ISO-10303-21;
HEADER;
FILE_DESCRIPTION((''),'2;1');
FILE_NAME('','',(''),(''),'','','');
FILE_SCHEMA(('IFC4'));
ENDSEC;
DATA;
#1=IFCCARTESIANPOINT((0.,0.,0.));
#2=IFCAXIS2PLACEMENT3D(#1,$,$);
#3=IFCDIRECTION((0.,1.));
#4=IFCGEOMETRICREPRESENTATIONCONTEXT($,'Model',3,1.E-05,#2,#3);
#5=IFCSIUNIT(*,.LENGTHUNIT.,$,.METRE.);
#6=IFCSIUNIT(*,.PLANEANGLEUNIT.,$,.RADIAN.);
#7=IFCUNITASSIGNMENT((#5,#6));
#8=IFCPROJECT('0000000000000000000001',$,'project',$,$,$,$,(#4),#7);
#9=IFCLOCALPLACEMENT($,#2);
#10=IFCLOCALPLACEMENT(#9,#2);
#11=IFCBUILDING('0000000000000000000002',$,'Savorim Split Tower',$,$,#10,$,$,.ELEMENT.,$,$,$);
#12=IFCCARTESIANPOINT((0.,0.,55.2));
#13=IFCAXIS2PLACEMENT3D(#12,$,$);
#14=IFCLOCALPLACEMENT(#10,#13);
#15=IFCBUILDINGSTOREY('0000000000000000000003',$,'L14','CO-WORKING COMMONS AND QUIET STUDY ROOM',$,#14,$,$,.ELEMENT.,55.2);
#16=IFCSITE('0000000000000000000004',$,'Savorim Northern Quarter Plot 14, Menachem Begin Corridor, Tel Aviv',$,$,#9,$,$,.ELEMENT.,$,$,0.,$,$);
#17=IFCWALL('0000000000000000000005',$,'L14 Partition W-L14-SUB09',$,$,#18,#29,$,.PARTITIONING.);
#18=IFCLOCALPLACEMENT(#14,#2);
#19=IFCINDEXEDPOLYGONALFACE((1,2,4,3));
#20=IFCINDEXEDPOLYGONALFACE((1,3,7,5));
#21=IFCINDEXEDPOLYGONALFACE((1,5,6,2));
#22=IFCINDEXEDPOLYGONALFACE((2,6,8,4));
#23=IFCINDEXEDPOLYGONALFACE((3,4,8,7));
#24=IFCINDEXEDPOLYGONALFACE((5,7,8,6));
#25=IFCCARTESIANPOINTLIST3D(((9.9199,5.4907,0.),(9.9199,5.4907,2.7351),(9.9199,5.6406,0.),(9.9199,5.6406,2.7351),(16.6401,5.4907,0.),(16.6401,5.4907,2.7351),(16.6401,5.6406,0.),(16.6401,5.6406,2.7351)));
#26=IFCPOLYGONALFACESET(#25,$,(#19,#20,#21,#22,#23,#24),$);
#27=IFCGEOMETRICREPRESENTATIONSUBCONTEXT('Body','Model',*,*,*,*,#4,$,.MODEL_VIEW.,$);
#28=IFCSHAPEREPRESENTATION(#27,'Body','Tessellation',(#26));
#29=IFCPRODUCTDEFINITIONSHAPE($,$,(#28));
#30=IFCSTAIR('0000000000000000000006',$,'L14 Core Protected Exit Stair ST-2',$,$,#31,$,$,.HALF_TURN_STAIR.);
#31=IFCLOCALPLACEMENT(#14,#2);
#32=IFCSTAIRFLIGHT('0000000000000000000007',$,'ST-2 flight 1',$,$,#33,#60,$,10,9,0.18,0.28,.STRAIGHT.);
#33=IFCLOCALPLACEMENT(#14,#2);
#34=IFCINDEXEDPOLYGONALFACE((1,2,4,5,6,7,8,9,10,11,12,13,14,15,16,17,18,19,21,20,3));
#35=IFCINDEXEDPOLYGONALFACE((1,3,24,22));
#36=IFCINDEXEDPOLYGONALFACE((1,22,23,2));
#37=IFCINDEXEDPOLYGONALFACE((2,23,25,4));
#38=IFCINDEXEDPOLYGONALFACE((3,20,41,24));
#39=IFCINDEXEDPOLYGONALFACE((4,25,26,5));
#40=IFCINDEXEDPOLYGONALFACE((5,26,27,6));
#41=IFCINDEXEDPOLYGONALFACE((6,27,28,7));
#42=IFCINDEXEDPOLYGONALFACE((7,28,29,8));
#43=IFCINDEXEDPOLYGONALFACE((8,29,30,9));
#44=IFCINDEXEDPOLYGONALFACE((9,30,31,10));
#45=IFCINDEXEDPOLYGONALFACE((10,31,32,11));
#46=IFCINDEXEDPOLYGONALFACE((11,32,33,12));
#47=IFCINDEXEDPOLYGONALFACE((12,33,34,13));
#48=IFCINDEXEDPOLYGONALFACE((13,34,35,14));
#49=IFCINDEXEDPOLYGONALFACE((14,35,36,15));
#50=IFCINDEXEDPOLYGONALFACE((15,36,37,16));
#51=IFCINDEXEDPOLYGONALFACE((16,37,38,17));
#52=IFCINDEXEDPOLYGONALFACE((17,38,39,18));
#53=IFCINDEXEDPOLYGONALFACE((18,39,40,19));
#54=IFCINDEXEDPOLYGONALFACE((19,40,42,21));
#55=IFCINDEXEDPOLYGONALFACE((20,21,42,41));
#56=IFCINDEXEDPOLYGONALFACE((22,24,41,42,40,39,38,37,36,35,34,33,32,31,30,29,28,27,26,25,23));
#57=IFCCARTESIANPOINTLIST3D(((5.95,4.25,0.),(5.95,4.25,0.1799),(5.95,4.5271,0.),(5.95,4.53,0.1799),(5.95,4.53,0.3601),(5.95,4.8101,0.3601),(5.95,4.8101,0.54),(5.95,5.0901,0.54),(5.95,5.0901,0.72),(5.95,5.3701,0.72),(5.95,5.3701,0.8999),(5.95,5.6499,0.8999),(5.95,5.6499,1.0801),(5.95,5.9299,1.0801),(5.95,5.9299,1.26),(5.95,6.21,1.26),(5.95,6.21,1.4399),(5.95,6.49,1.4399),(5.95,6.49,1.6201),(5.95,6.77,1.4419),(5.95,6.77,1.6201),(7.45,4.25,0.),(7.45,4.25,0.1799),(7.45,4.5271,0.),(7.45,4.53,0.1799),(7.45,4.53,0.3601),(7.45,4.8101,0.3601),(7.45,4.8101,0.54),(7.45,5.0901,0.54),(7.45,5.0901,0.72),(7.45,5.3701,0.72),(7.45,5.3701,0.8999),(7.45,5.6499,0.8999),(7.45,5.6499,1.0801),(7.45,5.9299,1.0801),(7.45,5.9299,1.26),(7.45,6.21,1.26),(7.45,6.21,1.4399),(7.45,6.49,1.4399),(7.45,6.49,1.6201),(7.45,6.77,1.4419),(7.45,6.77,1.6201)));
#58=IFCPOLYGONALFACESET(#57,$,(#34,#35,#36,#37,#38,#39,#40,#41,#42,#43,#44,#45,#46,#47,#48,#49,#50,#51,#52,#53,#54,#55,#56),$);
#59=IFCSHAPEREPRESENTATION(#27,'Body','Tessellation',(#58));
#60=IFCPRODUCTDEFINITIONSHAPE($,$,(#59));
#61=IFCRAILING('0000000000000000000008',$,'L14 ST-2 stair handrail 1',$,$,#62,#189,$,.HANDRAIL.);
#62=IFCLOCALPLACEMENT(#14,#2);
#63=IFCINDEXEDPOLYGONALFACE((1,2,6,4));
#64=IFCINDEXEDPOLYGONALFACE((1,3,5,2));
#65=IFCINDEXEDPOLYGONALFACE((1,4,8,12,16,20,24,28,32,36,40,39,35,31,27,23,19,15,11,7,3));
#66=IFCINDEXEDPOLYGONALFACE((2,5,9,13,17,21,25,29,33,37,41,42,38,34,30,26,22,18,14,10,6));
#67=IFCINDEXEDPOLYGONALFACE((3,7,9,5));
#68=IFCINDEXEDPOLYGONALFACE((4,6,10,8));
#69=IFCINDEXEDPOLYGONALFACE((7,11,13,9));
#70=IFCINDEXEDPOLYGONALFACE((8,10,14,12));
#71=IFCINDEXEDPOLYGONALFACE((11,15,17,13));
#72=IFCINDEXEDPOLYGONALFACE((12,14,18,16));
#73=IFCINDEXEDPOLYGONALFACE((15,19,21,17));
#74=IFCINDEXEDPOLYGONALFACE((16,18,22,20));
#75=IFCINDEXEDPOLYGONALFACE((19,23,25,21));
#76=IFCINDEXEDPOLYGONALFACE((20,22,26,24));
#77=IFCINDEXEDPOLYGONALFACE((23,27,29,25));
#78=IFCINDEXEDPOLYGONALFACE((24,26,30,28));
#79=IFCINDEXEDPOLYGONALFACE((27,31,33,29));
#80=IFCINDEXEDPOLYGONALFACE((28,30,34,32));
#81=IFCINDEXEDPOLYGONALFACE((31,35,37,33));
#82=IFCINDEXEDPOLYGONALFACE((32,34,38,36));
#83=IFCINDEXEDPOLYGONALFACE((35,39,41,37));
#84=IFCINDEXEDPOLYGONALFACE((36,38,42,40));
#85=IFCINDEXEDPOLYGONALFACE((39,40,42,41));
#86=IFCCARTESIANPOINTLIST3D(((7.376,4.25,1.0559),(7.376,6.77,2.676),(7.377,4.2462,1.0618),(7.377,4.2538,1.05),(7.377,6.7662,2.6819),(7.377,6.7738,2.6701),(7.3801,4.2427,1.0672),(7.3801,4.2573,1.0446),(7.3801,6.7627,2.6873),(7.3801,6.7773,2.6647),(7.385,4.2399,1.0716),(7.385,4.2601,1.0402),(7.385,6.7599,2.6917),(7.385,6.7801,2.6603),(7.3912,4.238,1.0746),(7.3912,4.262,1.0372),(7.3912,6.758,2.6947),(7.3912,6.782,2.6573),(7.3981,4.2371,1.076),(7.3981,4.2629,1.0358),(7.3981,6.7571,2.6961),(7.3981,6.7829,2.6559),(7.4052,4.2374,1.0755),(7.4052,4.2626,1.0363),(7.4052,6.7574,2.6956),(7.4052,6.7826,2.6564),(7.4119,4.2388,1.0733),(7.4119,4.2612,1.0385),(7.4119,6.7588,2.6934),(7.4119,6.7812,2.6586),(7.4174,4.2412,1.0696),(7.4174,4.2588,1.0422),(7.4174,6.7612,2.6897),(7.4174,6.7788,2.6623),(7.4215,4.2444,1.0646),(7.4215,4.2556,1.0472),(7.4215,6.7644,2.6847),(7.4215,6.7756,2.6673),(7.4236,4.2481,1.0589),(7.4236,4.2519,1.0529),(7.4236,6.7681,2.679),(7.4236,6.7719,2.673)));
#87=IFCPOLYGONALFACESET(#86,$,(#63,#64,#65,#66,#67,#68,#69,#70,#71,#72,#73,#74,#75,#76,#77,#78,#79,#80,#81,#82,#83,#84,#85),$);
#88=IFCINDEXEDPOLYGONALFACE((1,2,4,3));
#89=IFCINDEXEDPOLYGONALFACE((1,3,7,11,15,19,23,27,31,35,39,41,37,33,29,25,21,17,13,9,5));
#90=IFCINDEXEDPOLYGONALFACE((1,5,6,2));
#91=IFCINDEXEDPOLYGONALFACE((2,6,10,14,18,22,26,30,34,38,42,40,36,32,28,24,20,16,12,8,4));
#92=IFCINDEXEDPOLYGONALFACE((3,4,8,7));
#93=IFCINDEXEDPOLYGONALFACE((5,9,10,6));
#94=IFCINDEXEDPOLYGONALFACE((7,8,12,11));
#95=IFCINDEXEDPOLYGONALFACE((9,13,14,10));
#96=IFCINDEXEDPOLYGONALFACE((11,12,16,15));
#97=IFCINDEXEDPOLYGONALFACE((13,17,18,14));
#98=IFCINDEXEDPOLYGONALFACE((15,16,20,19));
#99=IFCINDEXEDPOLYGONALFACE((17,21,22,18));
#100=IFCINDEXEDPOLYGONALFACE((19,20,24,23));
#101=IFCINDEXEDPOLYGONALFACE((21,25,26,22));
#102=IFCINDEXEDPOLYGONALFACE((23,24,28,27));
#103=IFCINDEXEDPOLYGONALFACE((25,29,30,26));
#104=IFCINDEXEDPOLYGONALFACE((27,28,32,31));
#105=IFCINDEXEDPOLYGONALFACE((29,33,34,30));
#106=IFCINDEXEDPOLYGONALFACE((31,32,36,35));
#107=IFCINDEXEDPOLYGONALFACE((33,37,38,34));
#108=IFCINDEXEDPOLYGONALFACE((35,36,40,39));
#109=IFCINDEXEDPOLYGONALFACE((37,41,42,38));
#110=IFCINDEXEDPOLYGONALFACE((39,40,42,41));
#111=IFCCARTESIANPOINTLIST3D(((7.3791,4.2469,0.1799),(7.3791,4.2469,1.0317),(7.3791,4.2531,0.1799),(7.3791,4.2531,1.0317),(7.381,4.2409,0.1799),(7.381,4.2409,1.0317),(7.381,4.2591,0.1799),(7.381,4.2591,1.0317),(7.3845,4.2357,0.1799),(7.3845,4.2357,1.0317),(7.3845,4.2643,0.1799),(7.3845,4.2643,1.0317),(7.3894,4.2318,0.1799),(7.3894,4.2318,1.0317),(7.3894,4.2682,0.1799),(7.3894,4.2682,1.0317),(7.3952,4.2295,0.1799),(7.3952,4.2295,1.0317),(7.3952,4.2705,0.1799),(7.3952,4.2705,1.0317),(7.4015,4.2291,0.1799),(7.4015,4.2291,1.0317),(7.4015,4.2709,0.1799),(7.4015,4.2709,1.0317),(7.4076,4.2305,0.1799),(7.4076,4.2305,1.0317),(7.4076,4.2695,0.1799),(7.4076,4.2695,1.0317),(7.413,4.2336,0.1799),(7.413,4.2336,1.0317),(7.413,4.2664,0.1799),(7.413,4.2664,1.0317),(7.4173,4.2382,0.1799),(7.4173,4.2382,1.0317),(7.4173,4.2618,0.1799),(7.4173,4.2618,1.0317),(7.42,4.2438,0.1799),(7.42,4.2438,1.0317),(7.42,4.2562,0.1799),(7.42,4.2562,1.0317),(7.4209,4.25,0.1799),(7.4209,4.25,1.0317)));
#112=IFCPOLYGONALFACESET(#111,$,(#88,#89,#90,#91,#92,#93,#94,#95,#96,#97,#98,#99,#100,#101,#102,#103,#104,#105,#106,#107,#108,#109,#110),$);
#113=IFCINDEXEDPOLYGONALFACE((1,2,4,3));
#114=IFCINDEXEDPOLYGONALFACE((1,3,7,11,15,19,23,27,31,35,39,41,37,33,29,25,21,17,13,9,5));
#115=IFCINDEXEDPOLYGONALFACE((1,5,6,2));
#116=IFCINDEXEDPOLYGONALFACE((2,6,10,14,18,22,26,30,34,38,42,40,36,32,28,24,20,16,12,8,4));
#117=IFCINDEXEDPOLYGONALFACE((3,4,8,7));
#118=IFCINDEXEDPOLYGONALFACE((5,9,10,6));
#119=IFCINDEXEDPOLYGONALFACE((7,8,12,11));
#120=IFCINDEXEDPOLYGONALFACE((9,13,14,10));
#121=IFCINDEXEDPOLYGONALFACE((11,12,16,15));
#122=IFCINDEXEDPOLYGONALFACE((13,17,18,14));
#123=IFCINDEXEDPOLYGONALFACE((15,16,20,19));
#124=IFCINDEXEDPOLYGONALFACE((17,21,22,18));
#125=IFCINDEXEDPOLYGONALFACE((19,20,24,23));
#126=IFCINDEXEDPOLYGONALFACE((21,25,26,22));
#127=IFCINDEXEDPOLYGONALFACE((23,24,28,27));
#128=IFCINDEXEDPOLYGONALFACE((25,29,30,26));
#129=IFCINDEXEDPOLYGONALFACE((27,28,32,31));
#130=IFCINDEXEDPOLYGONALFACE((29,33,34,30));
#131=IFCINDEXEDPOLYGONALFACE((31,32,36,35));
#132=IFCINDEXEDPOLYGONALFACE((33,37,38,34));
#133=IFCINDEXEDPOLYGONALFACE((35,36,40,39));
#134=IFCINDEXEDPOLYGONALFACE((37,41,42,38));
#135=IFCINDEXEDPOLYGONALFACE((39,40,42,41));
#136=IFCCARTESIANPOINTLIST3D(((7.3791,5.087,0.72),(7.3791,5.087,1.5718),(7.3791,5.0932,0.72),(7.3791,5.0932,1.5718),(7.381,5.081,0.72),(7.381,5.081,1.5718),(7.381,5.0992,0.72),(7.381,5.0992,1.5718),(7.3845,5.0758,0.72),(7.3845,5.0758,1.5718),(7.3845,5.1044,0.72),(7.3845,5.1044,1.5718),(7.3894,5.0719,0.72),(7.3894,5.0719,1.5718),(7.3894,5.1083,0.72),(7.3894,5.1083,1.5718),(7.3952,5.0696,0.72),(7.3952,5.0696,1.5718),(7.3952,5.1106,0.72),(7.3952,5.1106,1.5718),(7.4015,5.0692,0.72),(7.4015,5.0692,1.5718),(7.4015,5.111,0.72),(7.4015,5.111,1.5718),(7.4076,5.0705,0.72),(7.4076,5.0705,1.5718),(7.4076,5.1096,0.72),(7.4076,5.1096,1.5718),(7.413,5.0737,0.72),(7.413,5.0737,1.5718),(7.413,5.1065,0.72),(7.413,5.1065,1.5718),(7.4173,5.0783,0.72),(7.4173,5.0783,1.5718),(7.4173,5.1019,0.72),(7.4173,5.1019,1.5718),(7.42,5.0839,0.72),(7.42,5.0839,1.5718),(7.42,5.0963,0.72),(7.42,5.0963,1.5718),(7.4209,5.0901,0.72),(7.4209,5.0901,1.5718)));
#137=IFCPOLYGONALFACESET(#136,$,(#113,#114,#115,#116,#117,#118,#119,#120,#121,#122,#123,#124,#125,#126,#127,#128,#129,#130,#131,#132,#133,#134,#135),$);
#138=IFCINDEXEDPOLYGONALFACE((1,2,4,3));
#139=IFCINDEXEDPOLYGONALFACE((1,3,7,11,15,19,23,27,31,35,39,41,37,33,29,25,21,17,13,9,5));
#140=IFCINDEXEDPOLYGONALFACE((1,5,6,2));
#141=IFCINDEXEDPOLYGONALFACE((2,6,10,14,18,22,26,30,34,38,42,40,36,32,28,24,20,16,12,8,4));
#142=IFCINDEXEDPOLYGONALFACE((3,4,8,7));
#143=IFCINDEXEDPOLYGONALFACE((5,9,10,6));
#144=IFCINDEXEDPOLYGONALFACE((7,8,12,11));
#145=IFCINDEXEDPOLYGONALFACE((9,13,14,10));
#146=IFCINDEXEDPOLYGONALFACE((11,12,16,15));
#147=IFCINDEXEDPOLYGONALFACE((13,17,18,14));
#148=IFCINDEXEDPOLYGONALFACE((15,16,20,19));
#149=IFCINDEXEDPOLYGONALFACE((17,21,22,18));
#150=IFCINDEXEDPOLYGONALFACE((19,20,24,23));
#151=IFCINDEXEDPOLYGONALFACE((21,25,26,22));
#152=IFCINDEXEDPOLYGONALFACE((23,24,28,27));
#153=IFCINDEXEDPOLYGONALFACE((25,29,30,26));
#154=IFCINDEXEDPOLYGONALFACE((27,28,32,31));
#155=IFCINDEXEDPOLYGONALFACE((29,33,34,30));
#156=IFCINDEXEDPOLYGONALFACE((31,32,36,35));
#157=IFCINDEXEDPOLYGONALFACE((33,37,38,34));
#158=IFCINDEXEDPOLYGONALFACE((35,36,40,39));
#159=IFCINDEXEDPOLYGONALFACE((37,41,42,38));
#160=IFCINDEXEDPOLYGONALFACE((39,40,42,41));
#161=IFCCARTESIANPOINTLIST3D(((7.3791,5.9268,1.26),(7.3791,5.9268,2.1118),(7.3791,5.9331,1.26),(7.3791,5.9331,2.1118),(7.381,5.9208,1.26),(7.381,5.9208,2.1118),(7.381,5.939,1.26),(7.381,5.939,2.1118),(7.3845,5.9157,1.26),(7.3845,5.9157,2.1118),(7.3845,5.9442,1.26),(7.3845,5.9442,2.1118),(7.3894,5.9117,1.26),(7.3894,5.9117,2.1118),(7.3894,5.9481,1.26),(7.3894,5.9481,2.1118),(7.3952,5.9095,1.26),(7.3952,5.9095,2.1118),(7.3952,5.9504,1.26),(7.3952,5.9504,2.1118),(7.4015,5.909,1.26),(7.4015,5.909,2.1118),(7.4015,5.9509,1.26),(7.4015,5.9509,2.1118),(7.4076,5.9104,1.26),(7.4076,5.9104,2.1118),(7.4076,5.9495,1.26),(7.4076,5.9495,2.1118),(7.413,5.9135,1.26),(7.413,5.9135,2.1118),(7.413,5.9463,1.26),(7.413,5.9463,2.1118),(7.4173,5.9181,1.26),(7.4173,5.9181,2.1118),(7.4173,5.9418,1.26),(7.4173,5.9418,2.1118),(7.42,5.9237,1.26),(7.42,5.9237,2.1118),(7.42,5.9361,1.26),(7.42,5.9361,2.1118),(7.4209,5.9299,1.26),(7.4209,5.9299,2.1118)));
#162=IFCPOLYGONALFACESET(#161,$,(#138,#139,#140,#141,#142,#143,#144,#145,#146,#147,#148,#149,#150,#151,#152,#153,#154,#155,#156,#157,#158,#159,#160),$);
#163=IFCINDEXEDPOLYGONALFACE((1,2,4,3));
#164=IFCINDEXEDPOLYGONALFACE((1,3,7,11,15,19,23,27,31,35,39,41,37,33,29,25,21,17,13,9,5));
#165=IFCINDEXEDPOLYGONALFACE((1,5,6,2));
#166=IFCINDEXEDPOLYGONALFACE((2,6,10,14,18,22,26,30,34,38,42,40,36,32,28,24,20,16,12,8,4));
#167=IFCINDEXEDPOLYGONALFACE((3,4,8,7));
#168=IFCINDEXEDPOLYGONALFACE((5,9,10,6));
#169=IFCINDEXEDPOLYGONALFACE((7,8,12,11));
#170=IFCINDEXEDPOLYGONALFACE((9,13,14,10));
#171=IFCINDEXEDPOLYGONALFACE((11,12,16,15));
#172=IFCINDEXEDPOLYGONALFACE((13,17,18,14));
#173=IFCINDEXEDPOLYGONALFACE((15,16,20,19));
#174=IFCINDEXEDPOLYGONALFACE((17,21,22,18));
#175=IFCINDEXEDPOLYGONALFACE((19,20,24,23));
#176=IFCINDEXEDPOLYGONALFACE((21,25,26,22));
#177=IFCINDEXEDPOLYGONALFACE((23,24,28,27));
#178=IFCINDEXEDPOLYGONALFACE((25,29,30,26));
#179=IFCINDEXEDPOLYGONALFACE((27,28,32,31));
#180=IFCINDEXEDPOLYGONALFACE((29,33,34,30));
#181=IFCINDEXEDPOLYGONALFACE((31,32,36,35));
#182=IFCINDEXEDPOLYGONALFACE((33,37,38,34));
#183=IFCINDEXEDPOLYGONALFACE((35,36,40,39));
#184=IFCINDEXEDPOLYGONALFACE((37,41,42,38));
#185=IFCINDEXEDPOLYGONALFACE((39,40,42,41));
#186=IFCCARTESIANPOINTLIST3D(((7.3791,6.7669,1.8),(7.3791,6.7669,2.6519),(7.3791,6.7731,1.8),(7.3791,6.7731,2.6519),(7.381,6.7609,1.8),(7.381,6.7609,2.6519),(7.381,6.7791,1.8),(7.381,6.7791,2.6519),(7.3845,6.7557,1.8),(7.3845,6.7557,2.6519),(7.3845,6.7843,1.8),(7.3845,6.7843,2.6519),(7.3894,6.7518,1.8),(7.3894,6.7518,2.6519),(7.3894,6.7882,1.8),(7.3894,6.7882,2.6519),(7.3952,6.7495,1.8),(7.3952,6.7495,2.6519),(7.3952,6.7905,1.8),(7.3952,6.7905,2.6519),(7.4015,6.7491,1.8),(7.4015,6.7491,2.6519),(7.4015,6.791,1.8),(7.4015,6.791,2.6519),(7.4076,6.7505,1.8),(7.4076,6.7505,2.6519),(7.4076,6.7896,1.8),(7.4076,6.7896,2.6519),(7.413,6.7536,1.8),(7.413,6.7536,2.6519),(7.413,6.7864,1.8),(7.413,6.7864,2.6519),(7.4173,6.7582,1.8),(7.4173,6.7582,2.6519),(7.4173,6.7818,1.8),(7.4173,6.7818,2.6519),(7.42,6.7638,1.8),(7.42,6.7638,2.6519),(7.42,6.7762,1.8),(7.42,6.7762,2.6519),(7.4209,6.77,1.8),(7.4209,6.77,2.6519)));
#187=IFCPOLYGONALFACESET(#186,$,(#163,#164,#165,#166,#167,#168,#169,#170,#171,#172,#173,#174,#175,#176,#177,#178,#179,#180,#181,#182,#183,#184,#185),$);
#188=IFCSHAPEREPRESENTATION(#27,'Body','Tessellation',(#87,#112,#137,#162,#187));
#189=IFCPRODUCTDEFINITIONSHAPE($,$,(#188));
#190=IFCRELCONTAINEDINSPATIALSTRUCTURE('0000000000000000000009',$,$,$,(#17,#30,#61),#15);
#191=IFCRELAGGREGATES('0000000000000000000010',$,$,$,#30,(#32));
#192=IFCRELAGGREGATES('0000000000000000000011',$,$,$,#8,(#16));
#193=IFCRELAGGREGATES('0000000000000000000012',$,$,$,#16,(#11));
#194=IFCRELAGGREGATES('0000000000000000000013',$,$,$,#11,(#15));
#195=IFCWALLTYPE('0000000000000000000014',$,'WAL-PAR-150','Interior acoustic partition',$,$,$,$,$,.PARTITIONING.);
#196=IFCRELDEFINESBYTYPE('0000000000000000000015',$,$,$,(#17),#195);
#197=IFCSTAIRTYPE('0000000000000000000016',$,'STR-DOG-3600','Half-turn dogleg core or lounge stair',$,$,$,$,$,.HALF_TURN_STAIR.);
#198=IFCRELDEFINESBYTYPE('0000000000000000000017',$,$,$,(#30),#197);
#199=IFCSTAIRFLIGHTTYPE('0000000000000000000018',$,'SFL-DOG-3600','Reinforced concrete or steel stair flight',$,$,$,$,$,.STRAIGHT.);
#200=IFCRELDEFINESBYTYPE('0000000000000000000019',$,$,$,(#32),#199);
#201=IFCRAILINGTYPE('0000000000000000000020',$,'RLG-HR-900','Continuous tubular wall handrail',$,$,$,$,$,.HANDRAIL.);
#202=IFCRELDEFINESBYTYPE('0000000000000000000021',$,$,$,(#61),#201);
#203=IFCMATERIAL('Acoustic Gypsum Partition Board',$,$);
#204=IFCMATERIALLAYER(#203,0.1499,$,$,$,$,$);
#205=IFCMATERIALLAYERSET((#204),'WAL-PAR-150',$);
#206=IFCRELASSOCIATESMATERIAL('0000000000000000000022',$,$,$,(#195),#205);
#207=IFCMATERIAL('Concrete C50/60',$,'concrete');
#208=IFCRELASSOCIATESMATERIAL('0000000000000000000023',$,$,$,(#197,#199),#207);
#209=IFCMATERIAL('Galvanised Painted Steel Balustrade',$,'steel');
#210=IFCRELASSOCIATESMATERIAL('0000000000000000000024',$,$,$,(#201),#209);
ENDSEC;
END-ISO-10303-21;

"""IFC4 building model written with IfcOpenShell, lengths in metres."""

from ifc_helpers import new_model, si_unit, direction, frame, frame_2d, origin, origin_2d, place, context, subcontext, project, spatial, polyline, rectangle, circle, outline, extrude, material, layer, layer_set, type_object, element, aggregate, save


model = new_model("IFC4")

# Units and contexts
model_context = context("Model", 3, precision=1e-05, world=origin(), true_north=direction((0.0, 1.0)))
body_context = subcontext(model_context, "Body", "Model", "MODEL_VIEW")
ifc_project = project(units=[si_unit("LENGTHUNIT", "METRE"), si_unit("PLANEANGLEUNIT", "RADIAN")], contexts=[model_context])

# Site, building, storey
site_placement = place(None, origin())
site = spatial("IfcSite", under=ifc_project, at=site_placement, Name="Savorim Northern Quarter Plot 14, Menachem Begin Corridor, Tel Aviv", CompositionType="ELEMENT", RefElevation=0.0)
building_placement = place(site_placement, origin())
building = spatial("IfcBuilding", under=site, at=building_placement, Name="Savorim Split Tower", CompositionType="ELEMENT")
storey_placement = place(building_placement, frame((0.0, 0.0, 55.2)))
storey = spatial("IfcBuildingStorey", under=building, at=storey_placement, Name="L14", Description="CO-WORKING COMMONS AND QUIET STUDY ROOM", CompositionType="ELEMENT", Elevation=55.2)

# Shared definitions
ifc_material_1 = material(Name="Concrete C50/60", Category="concrete")

# Wall
ifc_material_2 = material(Name="Acoustic Gypsum Partition Board")
ifc_layer_1 = layer(ifc_material_2, 0.1499)
ifc_layer_set_1 = layer_set([ifc_layer_1], Name="WAL-PAR-150")
wall_type_1 = type_object("IfcWallType", Name="WAL-PAR-150", Description="Interior acoustic partition", PredefinedType="PARTITIONING", material=ifc_layer_set_1)
wall_1_placement = place(storey_placement, frame((9.9199, 5.5657, 0.0), z_axis=(0.0, 0.0, 1.0), x_axis=(1.0, 0.0, 0.0)))
element("IfcWall", 1, at=wall_1_placement, inside=storey, type_object=wall_type_1, Name="L14 Partition W-L14-SUB09", PredefinedType="PARTITIONING", context=body_context, shape_type="SweptSolid", body=[
    extrude(rectangle(XDim=6.7202, YDim=0.1499, at=frame_2d((3.3601, 0.0))), origin(), (0.0, 0.0, 1.0), 2.7351),
])

# Stair, stair flight
stair_type = type_object("IfcStairType", Name="STR-DOG-3600", Description="Half-turn dogleg core or lounge stair", PredefinedType="HALF_TURN_STAIR", material=ifc_material_1)
stair_placement = place(storey_placement, origin())
stair = element("IfcStair", 2, at=stair_placement, inside=storey, type_object=stair_type, Name="L14 Core Protected Exit Stair ST-2", PredefinedType="HALF_TURN_STAIR")
stair_flight_type = type_object("IfcStairFlightType", Name="SFL-DOG-3600", Description="Reinforced concrete or steel stair flight", PredefinedType="STRAIGHT", material=ifc_material_1)
stair_flight_placement = place(storey_placement, frame((6.7, 4.25, 0.0), z_axis=(0.0, 0.0, 1.0), x_axis=(0.0, 1.0, 0.0)))
stair_flight = element("IfcStairFlight", 3, at=stair_flight_placement, type_object=stair_flight_type, Name="ST-2 flight 1", NumberOfRisers=10, NumberOfTreads=9, PredefinedType="STRAIGHT", RiserHeight=0.18, TreadLength=0.28, context=body_context, shape_type="SweptSolid", body=[
    extrude(outline(polyline([(0.0, 0.0), (0.0, 0.1799), (0.28, 0.1799), (0.28, 0.3601), (0.5601, 0.3601), (0.5601, 0.54), (0.8401, 0.54), (0.8401, 0.72), (1.1201, 0.72), (1.1201, 0.8999), (1.3999, 0.8999), (1.3999, 1.0801), (1.6799, 1.0801), (1.6799, 1.26), (1.96, 1.26), (1.96, 1.4399), (2.24, 1.4399), (2.24, 1.6201), (2.52, 1.6201), (2.52, 1.8), (2.52, 1.4419), (0.2771, 0.0), (0.0, 0.0)])), frame((0.0, 0.75, 0.0), z_axis=(0.0, -1.0, 0.0), x_axis=(1.0, 0.0, 0.0)), (0.0, 0.0, 1.0), 1.5),
])
aggregate(stair, [stair_flight])

# Railing
ifc_material_3 = material(Name="Galvanised Painted Steel Balustrade", Category="steel")
railing_type_1 = type_object("IfcRailingType", Name="RLG-HR-900", Description="Continuous tubular wall handrail", PredefinedType="HANDRAIL", material=ifc_material_3)
railing_1_placement = place(storey_placement, frame((7.3999, 4.25, 0.1799)))
element("IfcRailing", 4, at=railing_1_placement, inside=storey, type_object=railing_type_1, Name="L14 ST-2 stair handrail 1", PredefinedType="HANDRAIL", context=body_context, shape_type="SweptSolid", body=[
    extrude(circle(Radius=0.0239, at=origin_2d()), frame((0.0, 0.0, 0.876), z_axis=(0.0, 0.841163, 0.540782), x_axis=(-1.0, 0.0, 0.0)), (0.0, 0.0, 1.0), 2.9958),
    extrude(circle(Radius=0.021, at=origin_2d()), origin(), (0.0, 0.0, 1.0), 0.8518),
    extrude(circle(Radius=0.021, at=origin_2d()), frame((0.0, 0.8401, 0.54)), (0.0, 0.0, 1.0), 0.8518),
    extrude(circle(Radius=0.021, at=origin_2d()), frame((0.0, 1.6799, 1.0801)), (0.0, 0.0, 1.0), 0.8518),
    extrude(circle(Radius=0.021, at=origin_2d()), frame((0.0, 2.52, 1.6201)), (0.0, 0.0, 1.0), 0.8518),
])

save(model, "model.ifc")
